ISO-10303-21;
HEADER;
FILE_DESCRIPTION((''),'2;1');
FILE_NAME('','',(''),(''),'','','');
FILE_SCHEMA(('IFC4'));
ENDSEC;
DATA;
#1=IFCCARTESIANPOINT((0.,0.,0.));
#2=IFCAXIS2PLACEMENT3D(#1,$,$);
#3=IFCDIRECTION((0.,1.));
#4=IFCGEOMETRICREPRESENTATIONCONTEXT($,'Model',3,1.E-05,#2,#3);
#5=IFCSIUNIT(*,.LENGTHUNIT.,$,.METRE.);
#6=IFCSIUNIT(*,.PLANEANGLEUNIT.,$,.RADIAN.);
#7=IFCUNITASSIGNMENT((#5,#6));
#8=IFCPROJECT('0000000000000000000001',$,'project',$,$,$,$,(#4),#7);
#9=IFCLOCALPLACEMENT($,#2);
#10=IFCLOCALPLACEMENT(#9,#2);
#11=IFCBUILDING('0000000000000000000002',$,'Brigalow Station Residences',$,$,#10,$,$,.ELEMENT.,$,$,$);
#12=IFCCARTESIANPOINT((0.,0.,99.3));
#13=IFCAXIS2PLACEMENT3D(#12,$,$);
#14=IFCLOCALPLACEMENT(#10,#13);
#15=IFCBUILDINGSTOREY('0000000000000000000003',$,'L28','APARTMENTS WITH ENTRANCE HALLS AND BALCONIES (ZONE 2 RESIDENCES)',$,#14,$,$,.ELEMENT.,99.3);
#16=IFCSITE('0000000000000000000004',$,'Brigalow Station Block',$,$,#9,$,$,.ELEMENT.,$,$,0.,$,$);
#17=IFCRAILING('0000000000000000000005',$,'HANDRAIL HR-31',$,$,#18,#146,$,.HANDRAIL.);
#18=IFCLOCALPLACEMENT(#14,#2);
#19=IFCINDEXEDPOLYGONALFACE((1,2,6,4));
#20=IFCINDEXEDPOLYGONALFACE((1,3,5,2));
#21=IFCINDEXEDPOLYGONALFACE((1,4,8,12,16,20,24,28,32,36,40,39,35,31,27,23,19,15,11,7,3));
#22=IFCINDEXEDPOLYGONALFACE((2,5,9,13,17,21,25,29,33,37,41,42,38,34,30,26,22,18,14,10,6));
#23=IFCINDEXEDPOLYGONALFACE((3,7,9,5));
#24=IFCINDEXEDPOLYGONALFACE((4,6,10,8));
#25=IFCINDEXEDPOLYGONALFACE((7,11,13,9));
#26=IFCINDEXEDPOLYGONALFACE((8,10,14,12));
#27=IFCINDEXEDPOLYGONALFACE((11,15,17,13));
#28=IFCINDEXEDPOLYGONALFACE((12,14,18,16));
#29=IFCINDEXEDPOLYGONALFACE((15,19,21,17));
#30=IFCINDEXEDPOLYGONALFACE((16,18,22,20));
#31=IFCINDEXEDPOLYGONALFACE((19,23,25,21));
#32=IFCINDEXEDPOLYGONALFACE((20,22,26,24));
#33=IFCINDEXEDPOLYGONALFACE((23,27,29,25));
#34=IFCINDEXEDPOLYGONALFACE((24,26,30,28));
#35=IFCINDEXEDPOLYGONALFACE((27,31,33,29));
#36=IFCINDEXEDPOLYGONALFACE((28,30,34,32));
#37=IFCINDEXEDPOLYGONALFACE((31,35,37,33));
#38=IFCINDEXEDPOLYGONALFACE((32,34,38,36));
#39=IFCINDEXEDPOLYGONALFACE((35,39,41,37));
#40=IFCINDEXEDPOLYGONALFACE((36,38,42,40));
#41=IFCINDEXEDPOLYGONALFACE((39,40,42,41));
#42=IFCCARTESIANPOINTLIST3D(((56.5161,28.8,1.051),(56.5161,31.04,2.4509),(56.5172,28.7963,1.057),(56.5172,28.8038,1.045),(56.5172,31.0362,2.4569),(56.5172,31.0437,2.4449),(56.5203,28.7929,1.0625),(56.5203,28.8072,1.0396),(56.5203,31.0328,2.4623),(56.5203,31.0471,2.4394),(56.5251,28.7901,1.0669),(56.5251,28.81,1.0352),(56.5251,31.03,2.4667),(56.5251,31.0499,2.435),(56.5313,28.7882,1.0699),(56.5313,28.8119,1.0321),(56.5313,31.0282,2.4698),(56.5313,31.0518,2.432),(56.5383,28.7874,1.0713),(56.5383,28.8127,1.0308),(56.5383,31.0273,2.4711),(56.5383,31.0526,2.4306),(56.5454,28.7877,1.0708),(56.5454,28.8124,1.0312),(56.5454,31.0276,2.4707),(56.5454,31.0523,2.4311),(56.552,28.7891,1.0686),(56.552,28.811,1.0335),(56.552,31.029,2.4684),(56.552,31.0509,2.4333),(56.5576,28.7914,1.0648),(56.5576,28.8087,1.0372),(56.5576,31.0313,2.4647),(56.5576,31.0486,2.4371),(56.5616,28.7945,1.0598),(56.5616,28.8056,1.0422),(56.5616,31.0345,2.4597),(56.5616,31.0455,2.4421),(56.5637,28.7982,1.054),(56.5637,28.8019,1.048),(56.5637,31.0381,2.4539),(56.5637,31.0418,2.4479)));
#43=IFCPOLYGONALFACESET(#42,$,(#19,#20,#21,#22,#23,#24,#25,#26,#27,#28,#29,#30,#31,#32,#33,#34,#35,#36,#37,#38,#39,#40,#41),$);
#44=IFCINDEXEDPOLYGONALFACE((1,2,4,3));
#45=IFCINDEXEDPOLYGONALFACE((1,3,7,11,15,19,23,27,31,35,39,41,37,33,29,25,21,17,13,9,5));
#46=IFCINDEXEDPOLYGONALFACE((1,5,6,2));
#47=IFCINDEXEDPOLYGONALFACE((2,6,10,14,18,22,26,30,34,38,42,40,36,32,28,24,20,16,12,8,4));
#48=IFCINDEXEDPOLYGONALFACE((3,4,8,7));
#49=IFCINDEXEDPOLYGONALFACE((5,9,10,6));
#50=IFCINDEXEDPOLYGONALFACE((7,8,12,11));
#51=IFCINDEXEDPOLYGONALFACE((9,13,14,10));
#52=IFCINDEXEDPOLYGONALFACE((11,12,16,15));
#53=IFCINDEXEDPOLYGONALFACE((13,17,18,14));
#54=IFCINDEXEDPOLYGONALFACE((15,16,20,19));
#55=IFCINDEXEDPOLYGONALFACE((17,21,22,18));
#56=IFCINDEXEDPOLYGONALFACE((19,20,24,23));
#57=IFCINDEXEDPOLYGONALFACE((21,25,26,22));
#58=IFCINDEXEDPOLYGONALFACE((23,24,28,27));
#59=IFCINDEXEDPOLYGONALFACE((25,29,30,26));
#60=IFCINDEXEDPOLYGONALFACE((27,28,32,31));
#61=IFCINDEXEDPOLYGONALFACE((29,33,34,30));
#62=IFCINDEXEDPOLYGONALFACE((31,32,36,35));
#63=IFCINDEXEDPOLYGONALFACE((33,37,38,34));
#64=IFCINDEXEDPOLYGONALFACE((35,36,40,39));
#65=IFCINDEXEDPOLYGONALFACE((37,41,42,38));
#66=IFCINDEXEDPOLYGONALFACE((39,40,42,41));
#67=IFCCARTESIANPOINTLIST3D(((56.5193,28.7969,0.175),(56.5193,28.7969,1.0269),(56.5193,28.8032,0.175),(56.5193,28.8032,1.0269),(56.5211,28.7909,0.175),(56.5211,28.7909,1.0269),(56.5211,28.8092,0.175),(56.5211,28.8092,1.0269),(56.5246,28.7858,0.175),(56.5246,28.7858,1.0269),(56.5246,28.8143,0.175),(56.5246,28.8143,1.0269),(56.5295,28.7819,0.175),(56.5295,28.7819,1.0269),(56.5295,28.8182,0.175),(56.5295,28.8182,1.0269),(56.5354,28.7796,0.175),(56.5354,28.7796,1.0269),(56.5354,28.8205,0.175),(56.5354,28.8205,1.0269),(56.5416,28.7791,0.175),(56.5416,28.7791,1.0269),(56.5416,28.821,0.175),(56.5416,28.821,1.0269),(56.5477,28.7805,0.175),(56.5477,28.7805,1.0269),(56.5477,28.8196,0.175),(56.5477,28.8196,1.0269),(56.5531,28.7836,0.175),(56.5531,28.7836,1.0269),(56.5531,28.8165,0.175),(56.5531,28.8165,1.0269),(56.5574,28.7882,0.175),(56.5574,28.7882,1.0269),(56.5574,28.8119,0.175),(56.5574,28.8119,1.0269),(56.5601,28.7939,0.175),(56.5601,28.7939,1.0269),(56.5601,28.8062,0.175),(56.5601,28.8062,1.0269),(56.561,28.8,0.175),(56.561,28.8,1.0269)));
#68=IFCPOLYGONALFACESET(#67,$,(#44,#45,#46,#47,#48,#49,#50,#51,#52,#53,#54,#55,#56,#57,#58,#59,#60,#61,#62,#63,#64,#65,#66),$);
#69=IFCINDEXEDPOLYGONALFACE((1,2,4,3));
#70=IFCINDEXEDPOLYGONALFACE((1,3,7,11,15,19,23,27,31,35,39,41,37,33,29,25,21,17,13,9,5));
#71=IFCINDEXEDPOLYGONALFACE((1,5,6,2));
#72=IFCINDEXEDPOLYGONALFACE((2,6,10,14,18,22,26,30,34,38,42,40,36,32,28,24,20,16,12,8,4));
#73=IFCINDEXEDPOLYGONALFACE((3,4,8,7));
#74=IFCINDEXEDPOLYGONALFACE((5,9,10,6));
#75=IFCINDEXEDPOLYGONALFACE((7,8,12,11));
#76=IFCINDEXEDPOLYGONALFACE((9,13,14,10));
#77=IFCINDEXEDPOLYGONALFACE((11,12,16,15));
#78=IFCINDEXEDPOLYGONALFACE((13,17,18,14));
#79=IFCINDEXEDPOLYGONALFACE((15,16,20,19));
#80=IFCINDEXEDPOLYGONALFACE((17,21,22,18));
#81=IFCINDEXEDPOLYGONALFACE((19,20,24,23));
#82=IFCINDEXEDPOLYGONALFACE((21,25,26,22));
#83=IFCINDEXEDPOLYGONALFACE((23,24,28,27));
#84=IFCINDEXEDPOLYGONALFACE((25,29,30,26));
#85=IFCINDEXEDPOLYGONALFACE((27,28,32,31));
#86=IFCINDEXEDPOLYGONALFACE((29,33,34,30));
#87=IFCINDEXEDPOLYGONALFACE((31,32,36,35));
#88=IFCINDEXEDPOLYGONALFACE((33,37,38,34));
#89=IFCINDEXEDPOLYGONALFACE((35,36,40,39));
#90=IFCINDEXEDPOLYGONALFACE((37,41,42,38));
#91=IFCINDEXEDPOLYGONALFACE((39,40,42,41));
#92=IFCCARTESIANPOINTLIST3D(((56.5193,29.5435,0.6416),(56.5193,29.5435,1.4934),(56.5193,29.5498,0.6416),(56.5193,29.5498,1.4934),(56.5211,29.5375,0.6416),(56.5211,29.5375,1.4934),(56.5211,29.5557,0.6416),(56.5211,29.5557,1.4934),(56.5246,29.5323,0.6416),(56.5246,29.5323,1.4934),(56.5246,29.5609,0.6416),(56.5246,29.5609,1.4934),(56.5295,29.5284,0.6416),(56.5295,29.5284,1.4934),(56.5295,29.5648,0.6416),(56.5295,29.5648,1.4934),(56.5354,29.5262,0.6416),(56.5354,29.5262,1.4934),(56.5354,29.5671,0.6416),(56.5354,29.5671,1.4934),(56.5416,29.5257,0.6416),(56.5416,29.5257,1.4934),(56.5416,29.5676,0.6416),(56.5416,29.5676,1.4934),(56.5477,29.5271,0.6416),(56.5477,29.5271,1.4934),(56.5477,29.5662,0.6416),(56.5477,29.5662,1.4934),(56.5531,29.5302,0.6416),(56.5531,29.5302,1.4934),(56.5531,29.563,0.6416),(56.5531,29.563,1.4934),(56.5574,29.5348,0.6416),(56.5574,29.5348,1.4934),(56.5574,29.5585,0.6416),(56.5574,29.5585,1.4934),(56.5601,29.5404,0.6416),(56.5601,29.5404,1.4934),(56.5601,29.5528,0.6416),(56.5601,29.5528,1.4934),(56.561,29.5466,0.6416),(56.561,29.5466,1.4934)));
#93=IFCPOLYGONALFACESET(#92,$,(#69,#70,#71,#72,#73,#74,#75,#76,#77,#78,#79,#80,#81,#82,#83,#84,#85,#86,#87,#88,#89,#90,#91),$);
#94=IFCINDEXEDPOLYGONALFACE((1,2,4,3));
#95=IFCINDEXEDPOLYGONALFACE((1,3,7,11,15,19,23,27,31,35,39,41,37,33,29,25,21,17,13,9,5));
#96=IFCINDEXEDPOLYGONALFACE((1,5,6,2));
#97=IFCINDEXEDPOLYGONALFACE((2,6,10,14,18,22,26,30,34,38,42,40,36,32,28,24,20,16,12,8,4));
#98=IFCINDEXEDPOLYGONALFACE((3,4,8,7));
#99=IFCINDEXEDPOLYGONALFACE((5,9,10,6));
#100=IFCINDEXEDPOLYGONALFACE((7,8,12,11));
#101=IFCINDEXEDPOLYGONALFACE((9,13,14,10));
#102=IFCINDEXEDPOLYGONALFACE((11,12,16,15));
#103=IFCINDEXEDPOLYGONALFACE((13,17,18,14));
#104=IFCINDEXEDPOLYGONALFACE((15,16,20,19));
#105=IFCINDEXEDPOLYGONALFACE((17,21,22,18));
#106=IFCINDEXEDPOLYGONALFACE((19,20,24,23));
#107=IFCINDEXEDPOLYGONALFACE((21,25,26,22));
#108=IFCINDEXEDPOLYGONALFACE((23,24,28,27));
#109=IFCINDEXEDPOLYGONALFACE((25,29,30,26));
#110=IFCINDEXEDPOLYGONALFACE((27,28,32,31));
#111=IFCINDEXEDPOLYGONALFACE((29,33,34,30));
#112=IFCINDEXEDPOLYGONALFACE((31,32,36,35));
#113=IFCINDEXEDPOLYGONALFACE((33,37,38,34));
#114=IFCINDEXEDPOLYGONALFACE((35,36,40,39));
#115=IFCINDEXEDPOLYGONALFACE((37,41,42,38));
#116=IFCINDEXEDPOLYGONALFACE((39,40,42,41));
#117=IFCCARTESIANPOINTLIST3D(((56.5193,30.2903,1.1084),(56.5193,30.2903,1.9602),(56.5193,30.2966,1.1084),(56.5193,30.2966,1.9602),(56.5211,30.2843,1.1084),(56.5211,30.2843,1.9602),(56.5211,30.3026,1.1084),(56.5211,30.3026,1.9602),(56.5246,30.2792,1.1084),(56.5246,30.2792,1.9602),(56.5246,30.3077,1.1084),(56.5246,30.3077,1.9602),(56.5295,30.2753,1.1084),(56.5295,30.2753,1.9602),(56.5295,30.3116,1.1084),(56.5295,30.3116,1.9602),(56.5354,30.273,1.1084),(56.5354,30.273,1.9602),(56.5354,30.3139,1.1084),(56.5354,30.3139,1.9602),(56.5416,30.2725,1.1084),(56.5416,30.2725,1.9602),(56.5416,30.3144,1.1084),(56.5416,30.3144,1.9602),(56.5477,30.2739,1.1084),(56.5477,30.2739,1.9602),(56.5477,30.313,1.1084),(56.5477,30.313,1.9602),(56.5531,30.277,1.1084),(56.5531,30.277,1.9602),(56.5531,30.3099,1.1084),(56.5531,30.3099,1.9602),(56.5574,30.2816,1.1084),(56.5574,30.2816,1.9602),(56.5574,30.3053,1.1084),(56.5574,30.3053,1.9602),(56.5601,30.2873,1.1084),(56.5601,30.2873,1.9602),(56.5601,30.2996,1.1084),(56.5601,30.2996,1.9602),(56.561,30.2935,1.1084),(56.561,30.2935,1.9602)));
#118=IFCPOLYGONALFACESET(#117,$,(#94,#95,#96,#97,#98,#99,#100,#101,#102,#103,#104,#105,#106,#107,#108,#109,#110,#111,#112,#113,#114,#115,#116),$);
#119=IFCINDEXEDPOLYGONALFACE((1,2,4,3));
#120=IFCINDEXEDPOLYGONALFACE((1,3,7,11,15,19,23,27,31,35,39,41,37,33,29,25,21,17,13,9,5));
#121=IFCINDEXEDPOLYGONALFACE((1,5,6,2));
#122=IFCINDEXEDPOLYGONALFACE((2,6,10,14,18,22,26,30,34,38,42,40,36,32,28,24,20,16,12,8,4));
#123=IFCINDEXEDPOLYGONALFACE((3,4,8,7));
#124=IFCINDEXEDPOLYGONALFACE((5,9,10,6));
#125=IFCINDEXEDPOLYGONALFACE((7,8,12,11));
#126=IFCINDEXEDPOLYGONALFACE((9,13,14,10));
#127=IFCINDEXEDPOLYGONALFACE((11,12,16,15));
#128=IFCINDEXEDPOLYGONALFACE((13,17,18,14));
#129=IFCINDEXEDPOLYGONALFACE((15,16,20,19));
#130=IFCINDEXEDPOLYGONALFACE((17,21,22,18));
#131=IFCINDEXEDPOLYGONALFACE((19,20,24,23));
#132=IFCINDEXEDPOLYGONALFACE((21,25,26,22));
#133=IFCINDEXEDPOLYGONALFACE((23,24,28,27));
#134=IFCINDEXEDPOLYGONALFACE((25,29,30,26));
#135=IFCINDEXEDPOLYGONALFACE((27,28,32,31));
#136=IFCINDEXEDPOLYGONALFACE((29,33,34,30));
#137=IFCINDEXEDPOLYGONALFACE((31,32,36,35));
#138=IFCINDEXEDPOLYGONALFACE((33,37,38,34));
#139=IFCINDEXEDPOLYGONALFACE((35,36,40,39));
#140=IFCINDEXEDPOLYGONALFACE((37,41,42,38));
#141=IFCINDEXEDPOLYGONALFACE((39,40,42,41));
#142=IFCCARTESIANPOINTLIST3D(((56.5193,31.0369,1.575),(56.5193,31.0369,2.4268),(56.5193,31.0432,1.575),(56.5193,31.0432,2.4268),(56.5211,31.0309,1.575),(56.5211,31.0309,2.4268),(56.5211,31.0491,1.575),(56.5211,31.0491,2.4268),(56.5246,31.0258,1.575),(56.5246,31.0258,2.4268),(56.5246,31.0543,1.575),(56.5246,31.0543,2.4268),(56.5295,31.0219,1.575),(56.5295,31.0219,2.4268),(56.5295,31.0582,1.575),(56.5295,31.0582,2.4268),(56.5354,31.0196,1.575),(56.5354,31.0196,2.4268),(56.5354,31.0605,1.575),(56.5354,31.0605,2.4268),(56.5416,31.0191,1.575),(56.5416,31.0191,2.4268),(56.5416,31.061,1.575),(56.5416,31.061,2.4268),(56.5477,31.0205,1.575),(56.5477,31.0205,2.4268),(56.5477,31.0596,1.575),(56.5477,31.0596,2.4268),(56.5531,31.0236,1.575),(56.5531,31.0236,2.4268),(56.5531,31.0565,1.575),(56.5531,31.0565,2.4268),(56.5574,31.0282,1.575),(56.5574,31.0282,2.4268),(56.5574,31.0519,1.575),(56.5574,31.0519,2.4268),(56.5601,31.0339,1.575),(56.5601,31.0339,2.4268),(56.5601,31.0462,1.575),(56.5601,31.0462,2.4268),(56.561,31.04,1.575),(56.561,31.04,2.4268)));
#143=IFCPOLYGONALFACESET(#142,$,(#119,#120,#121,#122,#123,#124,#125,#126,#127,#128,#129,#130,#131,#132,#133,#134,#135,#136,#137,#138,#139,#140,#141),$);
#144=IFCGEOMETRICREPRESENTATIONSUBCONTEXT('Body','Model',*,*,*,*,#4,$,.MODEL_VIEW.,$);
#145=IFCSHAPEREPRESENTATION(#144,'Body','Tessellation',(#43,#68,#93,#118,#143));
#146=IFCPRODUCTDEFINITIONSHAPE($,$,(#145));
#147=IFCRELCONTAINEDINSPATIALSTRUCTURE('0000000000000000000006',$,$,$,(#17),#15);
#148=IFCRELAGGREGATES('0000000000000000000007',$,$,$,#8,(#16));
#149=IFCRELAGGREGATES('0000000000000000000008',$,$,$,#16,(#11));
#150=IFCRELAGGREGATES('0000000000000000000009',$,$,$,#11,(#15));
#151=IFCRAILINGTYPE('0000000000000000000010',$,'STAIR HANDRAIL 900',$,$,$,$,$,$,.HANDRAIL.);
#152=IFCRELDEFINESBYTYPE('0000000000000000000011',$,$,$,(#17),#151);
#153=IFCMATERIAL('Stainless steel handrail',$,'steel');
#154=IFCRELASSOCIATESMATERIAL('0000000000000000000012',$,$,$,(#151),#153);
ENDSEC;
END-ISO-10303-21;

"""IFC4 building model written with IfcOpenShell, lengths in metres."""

from ifc_helpers import new_model, si_unit, direction, frame, origin, origin_2d, place, context, subcontext, project, spatial, circle, extrude, material, type_object, element, save


model = new_model("IFC4")

# Units and contexts
model_context = context("Model", 3, precision=1e-05, world=origin(), true_north=direction((0.0, 1.0)))
body_context = subcontext(model_context, "Body", "Model", "MODEL_VIEW")
ifc_project = project(units=[si_unit("LENGTHUNIT", "METRE"), si_unit("PLANEANGLEUNIT", "RADIAN")], contexts=[model_context])

# Site, building, storey
site_placement = place(None, origin())
site = spatial("IfcSite", under=ifc_project, at=site_placement, Name="Brigalow Station Block", CompositionType="ELEMENT", RefElevation=0.0)
building_placement = place(site_placement, origin())
building = spatial("IfcBuilding", under=site, at=building_placement, Name="Brigalow Station Residences", CompositionType="ELEMENT")
storey_placement = place(building_placement, frame((0.0, 0.0, 99.3)))
storey = spatial("IfcBuildingStorey", under=building, at=storey_placement, Name="L28", Description="APARTMENTS WITH ENTRANCE HALLS AND BALCONIES (ZONE 2 RESIDENCES)", CompositionType="ELEMENT", Elevation=99.3)

# Railing
ifc_material_1 = material(Name="Stainless steel handrail", Category="steel")
railing_type_1 = type_object("IfcRailingType", Name="STAIR HANDRAIL 900", PredefinedType="HANDRAIL", material=ifc_material_1)
railing_1_placement = place(storey_placement, frame((56.54, 28.8, 0.175)))
element("IfcRailing", 1, at=railing_1_placement, inside=storey, type_object=railing_type_1, Name="HANDRAIL HR-31", PredefinedType="HANDRAIL", context=body_context, shape_type="SweptSolid", body=[
    extrude(circle(Radius=0.0239, at=origin_2d()), frame((0.0, 0.0, 0.876), z_axis=(0.0, 0.848014, 0.529974), x_axis=(-1.0, 0.0, 0.0)), (0.0, 0.0, 1.0), 2.6414),
    extrude(circle(Radius=0.021, at=origin_2d()), origin(), (0.0, 0.0, 1.0), 0.8518),
    extrude(circle(Radius=0.021, at=origin_2d()), frame((0.0, 0.7466, 0.4666)), (0.0, 0.0, 1.0), 0.8518),
    extrude(circle(Radius=0.021, at=origin_2d()), frame((0.0, 1.4934, 0.9333)), (0.0, 0.0, 1.0), 0.8518),
    extrude(circle(Radius=0.021, at=origin_2d()), frame((0.0, 2.24, 1.3999)), (0.0, 0.0, 1.0), 0.8518),
])

save(model, "model.ifc")
